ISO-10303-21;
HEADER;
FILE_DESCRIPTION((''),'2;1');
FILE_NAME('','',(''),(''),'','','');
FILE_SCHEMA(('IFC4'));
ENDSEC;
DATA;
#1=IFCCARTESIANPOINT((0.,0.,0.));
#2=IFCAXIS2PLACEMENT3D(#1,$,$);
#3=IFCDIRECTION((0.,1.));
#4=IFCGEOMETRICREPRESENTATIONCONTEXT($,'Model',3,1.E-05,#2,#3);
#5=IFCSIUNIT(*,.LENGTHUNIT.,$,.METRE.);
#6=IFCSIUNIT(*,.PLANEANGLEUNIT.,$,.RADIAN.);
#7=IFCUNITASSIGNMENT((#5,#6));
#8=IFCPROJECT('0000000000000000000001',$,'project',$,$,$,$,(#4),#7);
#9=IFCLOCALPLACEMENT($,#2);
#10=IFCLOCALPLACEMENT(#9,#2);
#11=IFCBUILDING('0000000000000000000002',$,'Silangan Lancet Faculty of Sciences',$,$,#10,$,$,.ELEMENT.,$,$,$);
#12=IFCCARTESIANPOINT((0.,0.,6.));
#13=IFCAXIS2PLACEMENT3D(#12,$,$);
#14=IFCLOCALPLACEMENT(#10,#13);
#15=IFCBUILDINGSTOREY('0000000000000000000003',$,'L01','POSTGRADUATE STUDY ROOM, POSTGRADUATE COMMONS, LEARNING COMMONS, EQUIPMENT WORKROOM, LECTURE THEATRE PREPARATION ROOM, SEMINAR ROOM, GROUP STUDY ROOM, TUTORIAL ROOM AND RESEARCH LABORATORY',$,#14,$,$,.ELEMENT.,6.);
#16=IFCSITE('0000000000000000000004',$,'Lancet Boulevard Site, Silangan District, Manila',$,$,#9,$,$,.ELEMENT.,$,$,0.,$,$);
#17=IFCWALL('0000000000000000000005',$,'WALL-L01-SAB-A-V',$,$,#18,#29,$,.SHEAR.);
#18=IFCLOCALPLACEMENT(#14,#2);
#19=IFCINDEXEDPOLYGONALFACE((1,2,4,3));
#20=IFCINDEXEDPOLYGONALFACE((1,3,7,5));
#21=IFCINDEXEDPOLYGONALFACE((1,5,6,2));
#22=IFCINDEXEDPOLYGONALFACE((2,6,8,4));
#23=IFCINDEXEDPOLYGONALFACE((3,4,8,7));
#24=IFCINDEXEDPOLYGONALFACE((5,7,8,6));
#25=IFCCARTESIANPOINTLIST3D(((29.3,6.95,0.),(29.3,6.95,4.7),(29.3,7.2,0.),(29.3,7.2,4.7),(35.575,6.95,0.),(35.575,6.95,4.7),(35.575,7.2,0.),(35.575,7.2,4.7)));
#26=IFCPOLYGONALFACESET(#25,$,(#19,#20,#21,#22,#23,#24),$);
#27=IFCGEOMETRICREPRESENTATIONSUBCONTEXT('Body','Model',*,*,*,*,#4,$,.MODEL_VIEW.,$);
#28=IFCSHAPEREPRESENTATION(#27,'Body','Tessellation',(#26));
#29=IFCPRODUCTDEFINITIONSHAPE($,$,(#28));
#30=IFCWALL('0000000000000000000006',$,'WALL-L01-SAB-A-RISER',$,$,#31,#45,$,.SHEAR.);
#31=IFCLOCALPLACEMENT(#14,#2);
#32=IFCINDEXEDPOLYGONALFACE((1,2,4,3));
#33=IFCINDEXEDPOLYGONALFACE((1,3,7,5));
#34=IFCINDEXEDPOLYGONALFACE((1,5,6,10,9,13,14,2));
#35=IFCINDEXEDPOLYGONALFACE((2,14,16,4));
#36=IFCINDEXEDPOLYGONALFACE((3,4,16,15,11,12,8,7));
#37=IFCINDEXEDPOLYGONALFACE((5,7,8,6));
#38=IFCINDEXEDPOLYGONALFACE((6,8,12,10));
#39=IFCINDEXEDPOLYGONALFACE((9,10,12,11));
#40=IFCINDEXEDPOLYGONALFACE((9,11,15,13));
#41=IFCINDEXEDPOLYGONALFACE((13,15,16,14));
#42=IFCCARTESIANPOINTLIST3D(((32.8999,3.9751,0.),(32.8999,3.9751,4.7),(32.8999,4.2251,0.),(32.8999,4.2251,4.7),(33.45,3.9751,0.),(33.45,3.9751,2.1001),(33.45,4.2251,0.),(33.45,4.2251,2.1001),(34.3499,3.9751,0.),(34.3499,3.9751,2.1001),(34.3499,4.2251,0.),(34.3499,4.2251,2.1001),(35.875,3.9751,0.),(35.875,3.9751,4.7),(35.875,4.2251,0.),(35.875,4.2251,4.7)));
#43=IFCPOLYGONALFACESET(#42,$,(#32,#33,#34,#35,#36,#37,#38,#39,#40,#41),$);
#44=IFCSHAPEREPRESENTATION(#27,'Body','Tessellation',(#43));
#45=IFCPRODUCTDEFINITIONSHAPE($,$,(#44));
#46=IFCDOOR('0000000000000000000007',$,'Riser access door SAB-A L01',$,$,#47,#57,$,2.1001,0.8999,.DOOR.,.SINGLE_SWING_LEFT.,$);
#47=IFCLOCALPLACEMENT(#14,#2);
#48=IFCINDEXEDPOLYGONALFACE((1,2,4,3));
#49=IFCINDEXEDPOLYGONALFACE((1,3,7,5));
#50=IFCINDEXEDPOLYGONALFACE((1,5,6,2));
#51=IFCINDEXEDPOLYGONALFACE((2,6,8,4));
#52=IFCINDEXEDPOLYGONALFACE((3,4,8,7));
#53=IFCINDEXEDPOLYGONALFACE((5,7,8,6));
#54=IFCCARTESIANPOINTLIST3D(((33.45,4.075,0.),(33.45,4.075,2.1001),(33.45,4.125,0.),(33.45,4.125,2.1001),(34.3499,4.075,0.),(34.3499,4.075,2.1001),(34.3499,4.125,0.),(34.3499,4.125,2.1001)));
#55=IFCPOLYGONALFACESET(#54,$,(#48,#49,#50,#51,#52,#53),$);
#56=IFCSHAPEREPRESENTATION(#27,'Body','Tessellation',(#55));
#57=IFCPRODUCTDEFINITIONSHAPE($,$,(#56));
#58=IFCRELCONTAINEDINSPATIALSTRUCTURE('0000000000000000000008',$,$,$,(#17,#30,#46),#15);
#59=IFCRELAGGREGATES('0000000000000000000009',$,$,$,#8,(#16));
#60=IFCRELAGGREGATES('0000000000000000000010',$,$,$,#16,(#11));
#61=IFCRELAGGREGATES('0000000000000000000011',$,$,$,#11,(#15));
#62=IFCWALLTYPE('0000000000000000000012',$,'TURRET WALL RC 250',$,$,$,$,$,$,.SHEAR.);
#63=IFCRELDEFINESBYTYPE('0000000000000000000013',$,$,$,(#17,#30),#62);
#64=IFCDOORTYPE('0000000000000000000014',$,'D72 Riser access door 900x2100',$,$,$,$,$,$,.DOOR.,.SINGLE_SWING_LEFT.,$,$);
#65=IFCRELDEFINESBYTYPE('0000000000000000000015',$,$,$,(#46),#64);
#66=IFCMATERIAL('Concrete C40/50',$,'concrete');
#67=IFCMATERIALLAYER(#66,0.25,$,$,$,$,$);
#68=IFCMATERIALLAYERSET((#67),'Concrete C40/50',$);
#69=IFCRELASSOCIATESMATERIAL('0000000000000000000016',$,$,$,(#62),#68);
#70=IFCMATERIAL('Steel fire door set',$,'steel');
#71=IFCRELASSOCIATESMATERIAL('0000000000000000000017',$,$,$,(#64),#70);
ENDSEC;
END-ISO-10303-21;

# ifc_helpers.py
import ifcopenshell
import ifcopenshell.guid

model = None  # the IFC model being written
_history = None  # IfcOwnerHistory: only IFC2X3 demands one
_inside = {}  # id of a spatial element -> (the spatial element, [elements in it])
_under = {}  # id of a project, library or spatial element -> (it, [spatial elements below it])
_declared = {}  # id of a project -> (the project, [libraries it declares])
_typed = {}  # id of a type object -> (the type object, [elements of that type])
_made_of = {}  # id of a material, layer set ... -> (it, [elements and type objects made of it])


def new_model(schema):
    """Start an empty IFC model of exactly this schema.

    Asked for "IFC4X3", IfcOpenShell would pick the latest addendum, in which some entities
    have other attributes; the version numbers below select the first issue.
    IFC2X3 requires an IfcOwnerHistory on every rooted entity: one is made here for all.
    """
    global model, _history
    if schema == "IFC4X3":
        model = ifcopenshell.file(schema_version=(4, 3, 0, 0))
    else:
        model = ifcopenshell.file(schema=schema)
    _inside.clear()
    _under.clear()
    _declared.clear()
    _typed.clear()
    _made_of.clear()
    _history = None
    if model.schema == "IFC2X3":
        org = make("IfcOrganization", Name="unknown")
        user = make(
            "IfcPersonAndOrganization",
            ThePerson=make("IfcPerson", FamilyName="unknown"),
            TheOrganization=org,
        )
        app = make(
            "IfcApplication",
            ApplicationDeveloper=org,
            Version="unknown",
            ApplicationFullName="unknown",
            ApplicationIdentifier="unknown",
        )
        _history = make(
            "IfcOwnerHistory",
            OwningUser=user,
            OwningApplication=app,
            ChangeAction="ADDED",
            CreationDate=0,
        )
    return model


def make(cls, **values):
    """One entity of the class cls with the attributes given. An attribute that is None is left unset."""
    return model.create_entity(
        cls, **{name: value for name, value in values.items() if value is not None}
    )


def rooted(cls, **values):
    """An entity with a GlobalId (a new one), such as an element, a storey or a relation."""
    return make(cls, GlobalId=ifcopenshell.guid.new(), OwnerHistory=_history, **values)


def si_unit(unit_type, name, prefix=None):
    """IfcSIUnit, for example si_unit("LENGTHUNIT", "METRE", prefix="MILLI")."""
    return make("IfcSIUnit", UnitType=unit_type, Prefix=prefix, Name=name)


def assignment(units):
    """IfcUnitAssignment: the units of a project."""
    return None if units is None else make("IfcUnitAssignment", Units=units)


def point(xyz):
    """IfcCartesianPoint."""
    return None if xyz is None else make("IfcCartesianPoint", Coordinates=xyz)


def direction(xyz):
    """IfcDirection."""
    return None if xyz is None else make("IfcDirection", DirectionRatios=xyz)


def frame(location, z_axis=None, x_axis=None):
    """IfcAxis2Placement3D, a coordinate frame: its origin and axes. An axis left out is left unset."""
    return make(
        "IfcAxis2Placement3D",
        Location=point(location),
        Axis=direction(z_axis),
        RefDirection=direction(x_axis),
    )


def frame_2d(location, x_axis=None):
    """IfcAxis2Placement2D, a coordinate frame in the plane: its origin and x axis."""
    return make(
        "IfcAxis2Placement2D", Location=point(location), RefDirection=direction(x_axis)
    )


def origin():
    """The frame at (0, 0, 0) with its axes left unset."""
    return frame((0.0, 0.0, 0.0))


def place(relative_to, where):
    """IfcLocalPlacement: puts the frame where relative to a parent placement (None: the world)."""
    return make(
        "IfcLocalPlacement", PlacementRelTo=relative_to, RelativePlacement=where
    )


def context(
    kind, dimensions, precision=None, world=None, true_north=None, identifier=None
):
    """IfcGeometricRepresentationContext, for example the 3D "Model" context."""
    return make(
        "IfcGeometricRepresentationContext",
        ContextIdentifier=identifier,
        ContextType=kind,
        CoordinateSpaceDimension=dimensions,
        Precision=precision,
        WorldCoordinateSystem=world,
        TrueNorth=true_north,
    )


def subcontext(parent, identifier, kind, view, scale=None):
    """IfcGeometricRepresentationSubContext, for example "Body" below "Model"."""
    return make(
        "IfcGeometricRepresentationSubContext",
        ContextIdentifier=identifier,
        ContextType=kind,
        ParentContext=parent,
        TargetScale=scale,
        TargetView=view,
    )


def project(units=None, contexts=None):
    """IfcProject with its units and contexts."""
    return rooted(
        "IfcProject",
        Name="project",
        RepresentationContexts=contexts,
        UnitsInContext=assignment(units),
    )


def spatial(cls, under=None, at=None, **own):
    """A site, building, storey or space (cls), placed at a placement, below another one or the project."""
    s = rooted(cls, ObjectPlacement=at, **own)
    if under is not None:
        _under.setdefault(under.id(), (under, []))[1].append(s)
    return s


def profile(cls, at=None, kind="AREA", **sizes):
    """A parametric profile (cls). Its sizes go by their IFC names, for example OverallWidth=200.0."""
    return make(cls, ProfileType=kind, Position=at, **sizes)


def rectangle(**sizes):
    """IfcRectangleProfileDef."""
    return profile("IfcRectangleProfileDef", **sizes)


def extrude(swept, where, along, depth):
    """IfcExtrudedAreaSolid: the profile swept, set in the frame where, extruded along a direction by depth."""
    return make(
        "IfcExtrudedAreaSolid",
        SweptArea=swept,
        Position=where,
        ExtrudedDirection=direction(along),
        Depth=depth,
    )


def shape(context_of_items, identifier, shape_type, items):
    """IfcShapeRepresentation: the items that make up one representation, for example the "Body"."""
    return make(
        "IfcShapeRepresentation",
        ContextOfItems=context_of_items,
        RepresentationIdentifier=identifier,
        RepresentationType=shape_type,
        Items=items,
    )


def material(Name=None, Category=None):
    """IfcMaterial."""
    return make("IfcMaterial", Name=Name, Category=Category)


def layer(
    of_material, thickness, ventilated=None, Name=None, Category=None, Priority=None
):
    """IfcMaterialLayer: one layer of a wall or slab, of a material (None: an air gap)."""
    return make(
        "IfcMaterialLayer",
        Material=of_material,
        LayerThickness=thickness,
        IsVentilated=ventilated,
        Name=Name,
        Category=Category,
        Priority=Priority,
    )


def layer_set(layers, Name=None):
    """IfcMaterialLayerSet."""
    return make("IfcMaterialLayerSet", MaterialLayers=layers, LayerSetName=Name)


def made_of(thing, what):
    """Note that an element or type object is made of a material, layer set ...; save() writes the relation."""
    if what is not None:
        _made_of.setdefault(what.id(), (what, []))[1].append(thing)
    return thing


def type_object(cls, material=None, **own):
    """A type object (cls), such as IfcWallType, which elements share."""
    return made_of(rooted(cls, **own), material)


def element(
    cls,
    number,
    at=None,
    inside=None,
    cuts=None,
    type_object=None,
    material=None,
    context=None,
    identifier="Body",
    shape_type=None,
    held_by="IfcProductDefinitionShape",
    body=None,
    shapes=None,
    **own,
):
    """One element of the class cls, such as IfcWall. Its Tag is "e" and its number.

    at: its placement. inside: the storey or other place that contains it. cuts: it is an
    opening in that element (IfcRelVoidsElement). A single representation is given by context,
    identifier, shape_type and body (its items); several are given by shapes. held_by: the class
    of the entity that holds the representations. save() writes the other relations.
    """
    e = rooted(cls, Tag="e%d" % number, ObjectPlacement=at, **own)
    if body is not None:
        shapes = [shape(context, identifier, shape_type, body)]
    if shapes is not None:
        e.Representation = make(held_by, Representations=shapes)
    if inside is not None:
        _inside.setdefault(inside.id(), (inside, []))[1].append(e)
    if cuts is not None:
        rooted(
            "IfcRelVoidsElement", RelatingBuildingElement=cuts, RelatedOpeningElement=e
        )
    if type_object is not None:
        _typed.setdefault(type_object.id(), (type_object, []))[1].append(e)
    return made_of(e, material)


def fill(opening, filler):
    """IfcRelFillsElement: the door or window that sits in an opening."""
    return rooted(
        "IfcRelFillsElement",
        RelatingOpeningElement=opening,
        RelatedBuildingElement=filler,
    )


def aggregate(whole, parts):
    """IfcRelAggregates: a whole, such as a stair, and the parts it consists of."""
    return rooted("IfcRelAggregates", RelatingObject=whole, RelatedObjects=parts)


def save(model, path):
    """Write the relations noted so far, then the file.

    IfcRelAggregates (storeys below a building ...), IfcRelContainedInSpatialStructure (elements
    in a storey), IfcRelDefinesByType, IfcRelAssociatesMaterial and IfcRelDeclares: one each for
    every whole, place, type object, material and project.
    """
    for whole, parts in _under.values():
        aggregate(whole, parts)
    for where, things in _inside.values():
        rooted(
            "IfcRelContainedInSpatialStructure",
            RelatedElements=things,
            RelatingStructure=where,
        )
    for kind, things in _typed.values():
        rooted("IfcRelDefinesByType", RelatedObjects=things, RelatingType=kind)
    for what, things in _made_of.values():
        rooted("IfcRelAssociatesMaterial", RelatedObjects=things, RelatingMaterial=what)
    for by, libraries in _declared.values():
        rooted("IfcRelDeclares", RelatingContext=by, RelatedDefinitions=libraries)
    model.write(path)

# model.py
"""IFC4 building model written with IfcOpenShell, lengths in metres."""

from ifc_helpers import new_model, si_unit, direction, frame, frame_2d, origin, place, context, subcontext, project, spatial, rectangle, extrude, material, layer, layer_set, type_object, element, fill, save


model = new_model("IFC4")

# Units and contexts
model_context = context("Model", 3, precision=1e-05, world=origin(), true_north=direction((0.0, 1.0)))
body_context = subcontext(model_context, "Body", "Model", "MODEL_VIEW")
ifc_project = project(units=[si_unit("LENGTHUNIT", "METRE"), si_unit("PLANEANGLEUNIT", "RADIAN")], contexts=[model_context])

# Site, building, storey
site_placement = place(None, origin())
site = spatial("IfcSite", under=ifc_project, at=site_placement, Name="Lancet Boulevard Site, Silangan District, Manila", CompositionType="ELEMENT", RefElevation=0.0)
building_placement = place(site_placement, origin())
building = spatial("IfcBuilding", under=site, at=building_placement, Name="Silangan Lancet Faculty of Sciences", CompositionType="ELEMENT")
storey_placement = place(building_placement, frame((0.0, 0.0, 6.0)))
storey = spatial("IfcBuildingStorey", under=building, at=storey_placement, Name="L01", Description="POSTGRADUATE STUDY ROOM, POSTGRADUATE COMMONS, LEARNING COMMONS, EQUIPMENT WORKROOM, LECTURE THEATRE PREPARATION ROOM, SEMINAR ROOM, GROUP STUDY ROOM, TUTORIAL ROOM AND RESEARCH LABORATORY", CompositionType="ELEMENT", Elevation=6.0)

# Wall
ifc_material_1 = material(Name="Concrete C40/50", Category="concrete")
ifc_layer_1 = layer(ifc_material_1, 0.25)
ifc_layer_set_1 = layer_set([ifc_layer_1], Name="Concrete C40/50")
wall_type_1 = type_object("IfcWallType", Name="TURRET WALL RC 250", PredefinedType="SHEAR", material=ifc_layer_set_1)
wall_1_placement = place(storey_placement, frame((29.3, 7.075, 0.0), z_axis=(0.0, 0.0, 1.0), x_axis=(1.0, 0.0, 0.0)))
element("IfcWall", 1, at=wall_1_placement, inside=storey, type_object=wall_type_1, Name="WALL-L01-SAB-A-V", PredefinedType="SHEAR", context=body_context, shape_type="SweptSolid", body=[
    extrude(rectangle(XDim=6.2749, YDim=0.25, at=frame_2d((3.1375, 0.0))), origin(), (0.0, 0.0, 1.0), 4.7),
])

# Wall, opening, door
wall_2_placement = place(storey_placement, frame((32.8999, 4.1001, 0.0), z_axis=(0.0, 0.0, 1.0), x_axis=(1.0, 0.0, 0.0)))
wall_2 = element("IfcWall", 2, at=wall_2_placement, inside=storey, type_object=wall_type_1, Name="WALL-L01-SAB-A-RISER", PredefinedType="SHEAR", context=body_context, shape_type="SweptSolid", body=[
    extrude(rectangle(XDim=2.9751, YDim=0.25, at=frame_2d((1.4875, 0.0))), origin(), (0.0, 0.0, 1.0), 4.7),
])
opening_1_placement = place(wall_2_placement, frame((0.55, 0.0, 0.0)))
opening_1 = element("IfcOpeningElement", 3, at=opening_1_placement, cuts=wall_2, PredefinedType="OPENING", context=body_context, shape_type="SweptSolid", body=[
    extrude(rectangle(XDim=0.8999, YDim=2.1001, at=frame_2d((0.45, 1.05))), frame((0.0, 0.135, 0.0), z_axis=(0.0, -1.0, 0.0), x_axis=(1.0, 0.0, 0.0)), (0.0, 0.0, 1.0), 0.27),
])
ifc_material_2 = material(Name="Steel fire door set", Category="steel")
door_type_1 = type_object("IfcDoorType", Name="D72 Riser access door 900x2100", OperationType="SINGLE_SWING_LEFT", PredefinedType="DOOR", material=ifc_material_2)
door_1_placement = place(opening_1_placement, frame((0.8999, 0.0, 0.0), z_axis=(0.0, 0.0, 1.0), x_axis=(-1.0, 0.0, 0.0)))
door_1 = element("IfcDoor", 4, at=door_1_placement, inside=storey, type_object=door_type_1, Name="Riser access door SAB-A L01", OperationType="SINGLE_SWING_LEFT", OverallHeight=2.1001, OverallWidth=0.8999, PredefinedType="DOOR", context=body_context, shape_type="SweptSolid", body=[
    extrude(rectangle(XDim=0.8999, YDim=2.1001, at=frame_2d((0.45, 1.05))), frame((0.0, 0.0251, 0.0), z_axis=(0.0, -1.0, 0.0), x_axis=(1.0, 0.0, 0.0)), (0.0, 0.0, 1.0), 0.05),
])
fill(opening_1, door_1)

save(model, "model.ifc")
